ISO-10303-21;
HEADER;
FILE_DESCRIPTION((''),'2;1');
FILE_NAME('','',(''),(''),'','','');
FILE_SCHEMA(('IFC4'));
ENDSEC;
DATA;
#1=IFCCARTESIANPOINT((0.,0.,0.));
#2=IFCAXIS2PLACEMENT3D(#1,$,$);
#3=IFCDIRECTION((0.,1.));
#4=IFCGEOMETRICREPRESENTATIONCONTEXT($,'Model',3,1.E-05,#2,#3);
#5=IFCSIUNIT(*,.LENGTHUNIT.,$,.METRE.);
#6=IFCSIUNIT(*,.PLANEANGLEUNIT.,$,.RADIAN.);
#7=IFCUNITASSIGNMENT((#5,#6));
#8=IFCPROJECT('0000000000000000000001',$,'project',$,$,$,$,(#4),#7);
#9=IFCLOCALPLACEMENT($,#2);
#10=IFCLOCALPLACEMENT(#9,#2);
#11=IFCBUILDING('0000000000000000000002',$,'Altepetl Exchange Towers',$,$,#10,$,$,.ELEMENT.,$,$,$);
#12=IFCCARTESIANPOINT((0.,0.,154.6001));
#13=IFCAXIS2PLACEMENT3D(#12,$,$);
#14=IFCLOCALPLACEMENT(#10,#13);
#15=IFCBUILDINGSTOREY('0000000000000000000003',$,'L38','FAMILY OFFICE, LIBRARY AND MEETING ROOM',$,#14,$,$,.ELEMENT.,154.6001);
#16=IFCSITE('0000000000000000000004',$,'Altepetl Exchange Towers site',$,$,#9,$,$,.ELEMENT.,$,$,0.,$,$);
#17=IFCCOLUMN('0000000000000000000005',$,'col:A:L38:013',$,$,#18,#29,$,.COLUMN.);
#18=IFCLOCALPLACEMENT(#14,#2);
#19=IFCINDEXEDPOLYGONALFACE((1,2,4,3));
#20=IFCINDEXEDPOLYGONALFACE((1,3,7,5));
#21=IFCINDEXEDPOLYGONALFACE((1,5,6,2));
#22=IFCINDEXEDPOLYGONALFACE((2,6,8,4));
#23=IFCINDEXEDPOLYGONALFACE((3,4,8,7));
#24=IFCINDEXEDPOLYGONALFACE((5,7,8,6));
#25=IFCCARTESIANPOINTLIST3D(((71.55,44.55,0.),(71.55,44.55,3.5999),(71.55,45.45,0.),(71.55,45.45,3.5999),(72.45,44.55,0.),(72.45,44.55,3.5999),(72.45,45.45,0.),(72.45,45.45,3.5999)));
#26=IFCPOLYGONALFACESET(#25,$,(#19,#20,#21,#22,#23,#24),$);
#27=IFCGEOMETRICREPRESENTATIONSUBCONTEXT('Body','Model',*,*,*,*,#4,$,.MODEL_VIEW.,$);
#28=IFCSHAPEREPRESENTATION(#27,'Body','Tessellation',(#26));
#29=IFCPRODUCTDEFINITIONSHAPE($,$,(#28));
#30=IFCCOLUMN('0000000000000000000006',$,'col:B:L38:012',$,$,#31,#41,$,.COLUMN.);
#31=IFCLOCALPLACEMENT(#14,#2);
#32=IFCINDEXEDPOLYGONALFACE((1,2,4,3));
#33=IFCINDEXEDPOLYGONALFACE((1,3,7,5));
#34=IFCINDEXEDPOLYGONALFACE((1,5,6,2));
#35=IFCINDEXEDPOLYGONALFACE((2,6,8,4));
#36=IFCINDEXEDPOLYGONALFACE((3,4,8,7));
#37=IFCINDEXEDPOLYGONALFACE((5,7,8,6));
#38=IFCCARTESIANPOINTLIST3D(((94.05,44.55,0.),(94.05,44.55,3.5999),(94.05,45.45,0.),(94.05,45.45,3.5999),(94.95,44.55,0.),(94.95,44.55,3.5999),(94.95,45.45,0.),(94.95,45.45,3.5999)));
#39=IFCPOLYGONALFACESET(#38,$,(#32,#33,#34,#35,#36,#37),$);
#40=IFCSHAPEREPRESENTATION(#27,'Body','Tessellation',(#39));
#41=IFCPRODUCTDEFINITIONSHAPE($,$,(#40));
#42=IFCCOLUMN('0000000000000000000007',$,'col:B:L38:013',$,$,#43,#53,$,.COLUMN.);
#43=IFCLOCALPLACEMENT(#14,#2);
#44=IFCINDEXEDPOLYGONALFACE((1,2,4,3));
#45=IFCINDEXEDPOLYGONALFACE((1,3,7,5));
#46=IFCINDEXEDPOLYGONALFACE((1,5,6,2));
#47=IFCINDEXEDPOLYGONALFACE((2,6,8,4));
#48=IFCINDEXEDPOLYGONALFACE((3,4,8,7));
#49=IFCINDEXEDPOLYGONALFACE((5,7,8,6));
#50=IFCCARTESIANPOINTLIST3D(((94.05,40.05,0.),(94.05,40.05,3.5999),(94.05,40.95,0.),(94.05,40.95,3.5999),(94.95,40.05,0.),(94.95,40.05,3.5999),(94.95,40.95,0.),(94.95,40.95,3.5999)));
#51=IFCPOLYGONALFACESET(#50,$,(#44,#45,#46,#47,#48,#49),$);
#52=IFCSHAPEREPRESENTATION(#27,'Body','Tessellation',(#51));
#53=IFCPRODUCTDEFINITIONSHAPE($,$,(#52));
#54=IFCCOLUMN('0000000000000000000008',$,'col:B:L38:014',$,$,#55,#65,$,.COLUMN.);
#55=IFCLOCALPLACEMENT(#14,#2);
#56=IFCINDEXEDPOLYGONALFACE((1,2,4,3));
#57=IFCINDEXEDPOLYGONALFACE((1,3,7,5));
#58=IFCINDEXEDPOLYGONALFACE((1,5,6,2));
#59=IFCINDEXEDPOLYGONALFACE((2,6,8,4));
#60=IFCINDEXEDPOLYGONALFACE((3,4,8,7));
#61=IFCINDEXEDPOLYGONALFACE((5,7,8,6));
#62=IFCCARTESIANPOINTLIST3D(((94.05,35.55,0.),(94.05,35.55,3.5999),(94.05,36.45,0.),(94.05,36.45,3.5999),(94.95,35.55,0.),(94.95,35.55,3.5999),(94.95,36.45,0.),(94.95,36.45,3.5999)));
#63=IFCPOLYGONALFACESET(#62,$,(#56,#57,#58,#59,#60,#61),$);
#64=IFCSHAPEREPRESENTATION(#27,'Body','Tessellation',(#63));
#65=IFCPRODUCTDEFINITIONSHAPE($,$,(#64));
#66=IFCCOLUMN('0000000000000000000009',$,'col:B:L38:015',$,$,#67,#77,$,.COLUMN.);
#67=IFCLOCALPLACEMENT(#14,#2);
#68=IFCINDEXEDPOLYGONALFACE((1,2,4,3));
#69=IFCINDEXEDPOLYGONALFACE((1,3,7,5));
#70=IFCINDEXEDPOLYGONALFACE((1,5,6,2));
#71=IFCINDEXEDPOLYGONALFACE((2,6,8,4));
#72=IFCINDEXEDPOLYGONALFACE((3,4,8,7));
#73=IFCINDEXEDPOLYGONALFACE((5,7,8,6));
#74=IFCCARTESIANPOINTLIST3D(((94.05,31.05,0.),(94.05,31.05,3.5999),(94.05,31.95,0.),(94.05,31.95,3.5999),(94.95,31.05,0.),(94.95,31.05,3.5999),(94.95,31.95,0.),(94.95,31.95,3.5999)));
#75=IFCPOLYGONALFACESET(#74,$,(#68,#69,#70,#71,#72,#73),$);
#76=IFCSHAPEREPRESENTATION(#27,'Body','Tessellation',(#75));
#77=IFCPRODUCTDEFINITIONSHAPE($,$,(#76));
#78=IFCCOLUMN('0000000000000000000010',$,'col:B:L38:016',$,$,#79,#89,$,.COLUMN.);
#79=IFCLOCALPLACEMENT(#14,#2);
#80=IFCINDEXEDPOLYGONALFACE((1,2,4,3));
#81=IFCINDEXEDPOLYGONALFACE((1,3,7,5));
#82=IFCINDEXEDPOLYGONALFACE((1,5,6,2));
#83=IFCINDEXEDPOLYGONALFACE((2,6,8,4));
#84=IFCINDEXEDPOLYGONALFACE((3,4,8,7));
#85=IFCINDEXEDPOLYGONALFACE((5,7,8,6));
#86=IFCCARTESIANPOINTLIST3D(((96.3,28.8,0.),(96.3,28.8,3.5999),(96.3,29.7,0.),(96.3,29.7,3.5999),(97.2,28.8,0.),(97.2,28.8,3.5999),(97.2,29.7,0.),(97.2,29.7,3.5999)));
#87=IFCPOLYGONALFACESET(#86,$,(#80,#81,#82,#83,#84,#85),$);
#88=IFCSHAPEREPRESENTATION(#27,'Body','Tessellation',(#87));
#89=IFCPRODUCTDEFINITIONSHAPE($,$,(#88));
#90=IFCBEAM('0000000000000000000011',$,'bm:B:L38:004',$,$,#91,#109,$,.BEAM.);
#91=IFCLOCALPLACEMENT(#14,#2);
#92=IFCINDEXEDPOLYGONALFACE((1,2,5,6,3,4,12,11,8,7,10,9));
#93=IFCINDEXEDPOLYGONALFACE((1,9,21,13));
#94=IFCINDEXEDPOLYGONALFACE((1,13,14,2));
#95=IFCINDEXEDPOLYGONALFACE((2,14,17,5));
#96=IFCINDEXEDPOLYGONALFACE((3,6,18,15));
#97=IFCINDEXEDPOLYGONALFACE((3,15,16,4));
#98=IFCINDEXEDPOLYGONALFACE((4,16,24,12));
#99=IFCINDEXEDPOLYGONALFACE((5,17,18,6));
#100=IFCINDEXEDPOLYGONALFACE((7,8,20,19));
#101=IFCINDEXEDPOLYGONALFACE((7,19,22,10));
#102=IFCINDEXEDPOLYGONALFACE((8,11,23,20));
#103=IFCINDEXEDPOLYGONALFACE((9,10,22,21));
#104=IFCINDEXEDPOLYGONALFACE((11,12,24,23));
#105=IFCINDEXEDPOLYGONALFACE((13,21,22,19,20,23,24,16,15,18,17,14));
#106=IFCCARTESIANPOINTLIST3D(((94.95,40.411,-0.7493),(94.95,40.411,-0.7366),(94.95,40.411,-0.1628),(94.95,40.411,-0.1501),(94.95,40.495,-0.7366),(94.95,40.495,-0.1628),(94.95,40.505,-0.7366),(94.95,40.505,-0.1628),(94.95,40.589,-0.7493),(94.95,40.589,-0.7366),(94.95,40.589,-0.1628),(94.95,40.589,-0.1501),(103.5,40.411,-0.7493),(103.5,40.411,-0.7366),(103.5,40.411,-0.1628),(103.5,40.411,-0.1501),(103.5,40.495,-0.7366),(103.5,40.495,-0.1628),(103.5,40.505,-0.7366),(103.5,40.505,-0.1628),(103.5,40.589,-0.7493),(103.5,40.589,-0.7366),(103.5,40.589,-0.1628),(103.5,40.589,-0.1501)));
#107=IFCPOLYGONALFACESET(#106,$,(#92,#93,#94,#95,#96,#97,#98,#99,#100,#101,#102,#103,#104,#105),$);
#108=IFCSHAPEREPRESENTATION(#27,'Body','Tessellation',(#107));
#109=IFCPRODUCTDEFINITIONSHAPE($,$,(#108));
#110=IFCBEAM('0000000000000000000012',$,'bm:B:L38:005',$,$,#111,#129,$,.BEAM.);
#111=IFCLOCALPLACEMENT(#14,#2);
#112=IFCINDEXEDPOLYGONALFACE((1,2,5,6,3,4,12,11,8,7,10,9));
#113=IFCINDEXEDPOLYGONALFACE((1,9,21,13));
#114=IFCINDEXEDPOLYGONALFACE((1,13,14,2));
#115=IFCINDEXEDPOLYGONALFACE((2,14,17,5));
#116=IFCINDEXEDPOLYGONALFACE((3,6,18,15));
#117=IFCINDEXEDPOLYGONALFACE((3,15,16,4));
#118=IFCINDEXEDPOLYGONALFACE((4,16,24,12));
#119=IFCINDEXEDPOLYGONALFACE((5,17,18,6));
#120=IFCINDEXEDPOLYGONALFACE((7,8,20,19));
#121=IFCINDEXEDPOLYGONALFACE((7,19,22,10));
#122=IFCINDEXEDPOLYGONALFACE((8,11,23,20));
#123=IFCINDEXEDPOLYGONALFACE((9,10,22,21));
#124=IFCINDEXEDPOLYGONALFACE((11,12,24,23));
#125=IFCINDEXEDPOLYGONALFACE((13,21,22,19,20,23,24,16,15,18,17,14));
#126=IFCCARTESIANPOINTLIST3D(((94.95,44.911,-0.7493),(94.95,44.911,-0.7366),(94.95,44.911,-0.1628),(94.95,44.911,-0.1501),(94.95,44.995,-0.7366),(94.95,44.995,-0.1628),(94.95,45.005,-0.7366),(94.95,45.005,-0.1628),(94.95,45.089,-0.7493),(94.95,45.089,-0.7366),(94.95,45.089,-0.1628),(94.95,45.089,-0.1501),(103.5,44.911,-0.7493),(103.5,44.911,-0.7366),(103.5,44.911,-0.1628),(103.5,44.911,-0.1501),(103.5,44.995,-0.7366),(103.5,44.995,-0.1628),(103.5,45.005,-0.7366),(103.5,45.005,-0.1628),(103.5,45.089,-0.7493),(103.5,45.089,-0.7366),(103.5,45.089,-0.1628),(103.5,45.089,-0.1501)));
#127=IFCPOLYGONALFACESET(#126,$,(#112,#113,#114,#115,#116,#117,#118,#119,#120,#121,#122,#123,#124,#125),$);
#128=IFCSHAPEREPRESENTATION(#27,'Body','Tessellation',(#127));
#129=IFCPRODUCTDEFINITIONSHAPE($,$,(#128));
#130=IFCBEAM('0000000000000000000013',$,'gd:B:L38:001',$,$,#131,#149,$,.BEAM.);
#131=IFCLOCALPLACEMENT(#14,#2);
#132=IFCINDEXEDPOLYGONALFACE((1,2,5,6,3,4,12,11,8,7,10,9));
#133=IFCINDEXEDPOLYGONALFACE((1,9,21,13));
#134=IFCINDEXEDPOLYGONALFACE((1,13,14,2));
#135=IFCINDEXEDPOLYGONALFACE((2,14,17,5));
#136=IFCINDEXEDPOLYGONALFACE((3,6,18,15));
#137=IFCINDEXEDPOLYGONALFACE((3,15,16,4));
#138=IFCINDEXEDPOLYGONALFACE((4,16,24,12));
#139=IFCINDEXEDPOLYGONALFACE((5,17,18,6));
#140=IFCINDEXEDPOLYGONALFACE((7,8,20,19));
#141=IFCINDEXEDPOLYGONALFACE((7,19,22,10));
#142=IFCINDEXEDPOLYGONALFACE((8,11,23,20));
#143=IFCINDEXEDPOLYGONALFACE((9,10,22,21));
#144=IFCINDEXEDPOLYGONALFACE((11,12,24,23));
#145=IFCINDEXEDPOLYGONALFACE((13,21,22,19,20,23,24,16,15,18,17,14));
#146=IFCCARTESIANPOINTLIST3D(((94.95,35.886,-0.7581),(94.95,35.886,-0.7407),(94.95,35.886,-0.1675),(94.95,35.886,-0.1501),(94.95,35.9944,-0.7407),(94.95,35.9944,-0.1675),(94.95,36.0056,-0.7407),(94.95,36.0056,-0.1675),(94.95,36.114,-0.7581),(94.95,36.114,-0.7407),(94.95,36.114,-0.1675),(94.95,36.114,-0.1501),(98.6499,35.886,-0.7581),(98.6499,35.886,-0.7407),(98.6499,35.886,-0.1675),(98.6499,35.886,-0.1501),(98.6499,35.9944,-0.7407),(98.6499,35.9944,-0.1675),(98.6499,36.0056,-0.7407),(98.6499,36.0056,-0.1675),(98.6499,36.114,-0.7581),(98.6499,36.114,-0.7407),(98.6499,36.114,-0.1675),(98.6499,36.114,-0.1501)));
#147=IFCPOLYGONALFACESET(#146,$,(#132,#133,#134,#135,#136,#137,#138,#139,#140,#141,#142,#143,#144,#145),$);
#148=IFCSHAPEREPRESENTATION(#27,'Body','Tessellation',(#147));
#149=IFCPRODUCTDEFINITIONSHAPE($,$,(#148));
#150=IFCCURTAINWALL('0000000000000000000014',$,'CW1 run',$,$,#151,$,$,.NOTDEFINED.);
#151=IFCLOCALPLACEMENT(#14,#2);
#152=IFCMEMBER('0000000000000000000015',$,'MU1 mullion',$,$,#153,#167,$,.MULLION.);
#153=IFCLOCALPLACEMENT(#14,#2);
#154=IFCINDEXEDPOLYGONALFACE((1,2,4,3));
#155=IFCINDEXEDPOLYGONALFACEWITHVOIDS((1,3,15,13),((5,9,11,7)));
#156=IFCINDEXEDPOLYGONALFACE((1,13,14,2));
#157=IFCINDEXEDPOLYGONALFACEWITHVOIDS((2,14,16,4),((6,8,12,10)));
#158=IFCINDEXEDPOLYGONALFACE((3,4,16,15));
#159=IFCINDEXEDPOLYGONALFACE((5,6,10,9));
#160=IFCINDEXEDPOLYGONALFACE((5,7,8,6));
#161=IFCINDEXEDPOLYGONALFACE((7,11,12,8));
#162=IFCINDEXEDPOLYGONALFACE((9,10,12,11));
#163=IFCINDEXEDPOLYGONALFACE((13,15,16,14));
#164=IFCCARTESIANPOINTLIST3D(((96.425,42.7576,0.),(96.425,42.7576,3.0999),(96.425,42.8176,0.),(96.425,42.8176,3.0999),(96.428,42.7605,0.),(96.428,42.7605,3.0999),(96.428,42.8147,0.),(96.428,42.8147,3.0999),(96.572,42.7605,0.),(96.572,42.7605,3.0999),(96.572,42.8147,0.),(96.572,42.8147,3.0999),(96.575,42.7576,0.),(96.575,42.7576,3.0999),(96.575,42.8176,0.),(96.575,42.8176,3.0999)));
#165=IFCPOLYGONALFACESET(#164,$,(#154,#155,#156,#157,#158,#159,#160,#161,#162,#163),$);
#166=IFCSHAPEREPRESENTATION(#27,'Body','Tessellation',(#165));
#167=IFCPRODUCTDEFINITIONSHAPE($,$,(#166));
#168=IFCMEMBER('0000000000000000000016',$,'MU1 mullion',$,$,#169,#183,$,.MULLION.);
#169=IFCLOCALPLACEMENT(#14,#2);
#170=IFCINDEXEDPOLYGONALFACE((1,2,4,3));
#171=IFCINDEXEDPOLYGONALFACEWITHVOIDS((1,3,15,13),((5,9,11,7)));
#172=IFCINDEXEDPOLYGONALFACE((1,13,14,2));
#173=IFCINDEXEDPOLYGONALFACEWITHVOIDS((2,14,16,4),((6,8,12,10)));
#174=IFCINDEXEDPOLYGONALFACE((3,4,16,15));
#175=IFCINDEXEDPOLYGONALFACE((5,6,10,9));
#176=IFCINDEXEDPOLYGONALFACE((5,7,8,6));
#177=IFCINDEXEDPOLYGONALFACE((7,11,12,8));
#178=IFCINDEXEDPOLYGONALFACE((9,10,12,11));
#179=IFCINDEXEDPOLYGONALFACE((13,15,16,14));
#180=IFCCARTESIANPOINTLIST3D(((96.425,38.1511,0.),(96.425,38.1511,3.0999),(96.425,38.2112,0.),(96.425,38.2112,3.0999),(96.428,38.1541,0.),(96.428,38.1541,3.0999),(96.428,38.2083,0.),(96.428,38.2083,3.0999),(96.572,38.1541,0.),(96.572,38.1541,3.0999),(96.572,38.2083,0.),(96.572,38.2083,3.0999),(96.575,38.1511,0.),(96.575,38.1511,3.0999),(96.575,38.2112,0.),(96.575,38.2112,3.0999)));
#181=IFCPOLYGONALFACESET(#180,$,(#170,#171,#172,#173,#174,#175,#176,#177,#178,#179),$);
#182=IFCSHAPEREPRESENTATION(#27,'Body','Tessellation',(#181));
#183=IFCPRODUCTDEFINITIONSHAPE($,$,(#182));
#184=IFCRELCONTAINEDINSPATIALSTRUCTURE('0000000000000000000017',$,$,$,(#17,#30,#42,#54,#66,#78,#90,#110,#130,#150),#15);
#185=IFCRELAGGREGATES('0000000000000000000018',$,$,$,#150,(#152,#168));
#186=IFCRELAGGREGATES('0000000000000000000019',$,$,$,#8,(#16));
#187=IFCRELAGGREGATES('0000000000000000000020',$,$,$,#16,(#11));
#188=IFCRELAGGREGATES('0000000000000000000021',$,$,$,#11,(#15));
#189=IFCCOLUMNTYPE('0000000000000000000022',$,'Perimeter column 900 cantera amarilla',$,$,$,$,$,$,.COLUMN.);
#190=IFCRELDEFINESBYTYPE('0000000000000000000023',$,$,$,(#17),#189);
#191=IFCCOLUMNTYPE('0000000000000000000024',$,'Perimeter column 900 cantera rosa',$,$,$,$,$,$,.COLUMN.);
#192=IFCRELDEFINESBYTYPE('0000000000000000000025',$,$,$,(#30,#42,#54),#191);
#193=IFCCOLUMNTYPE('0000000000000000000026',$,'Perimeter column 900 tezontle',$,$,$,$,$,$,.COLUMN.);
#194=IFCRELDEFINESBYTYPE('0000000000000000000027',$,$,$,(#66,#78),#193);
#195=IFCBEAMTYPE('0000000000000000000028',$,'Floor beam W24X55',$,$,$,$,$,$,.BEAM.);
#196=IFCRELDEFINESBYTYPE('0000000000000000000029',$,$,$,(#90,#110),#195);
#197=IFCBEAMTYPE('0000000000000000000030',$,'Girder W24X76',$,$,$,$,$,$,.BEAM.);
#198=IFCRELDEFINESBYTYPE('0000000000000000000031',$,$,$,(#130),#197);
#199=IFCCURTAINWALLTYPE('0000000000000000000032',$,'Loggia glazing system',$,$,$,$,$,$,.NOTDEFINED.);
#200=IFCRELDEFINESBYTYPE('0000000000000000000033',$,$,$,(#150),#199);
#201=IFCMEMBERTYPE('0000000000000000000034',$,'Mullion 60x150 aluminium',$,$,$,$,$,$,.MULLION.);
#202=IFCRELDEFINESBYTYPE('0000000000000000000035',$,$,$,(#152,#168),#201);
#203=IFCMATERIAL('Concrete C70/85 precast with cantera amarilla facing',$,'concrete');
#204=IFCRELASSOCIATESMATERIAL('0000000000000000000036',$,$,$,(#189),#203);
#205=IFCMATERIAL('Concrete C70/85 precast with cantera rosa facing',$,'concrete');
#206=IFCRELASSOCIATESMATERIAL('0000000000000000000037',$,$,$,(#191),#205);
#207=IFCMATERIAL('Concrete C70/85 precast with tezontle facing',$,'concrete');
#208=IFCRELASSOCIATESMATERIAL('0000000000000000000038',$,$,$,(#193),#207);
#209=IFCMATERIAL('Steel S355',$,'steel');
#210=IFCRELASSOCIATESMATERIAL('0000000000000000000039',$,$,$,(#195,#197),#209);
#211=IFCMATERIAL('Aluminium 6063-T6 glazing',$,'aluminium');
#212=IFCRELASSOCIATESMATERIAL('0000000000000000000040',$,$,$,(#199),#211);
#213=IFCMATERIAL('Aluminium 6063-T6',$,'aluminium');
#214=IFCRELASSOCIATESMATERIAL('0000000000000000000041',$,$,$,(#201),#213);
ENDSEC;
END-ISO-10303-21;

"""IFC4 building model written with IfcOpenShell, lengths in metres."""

from ifc_helpers import new_model, si_unit, direction, frame, origin, origin_2d, place, context, subcontext, project, spatial, rectangle, hollow_rectangle, i_section, extrude, material, material_profile, profile_set, type_object, element, aggregate, save


model = new_model("IFC4")

# Units and contexts
model_context = context("Model", 3, precision=1e-05, world=origin(), true_north=direction((0.0, 1.0)))
body_context = subcontext(model_context, "Body", "Model", "MODEL_VIEW")
ifc_project = project(units=[si_unit("LENGTHUNIT", "METRE"), si_unit("PLANEANGLEUNIT", "RADIAN")], contexts=[model_context])

# Site, building, storey
site_placement = place(None, origin())
site = spatial("IfcSite", under=ifc_project, at=site_placement, Name="Altepetl Exchange Towers site", CompositionType="ELEMENT", RefElevation=0.0)
building_placement = place(site_placement, origin())
building = spatial("IfcBuilding", under=site, at=building_placement, Name="Altepetl Exchange Towers", CompositionType="ELEMENT")
storey_placement = place(building_placement, frame((0.0, 0.0, 154.6001)))
storey = spatial("IfcBuildingStorey", under=building, at=storey_placement, Name="L38", Description="FAMILY OFFICE, LIBRARY AND MEETING ROOM", CompositionType="ELEMENT", Elevation=154.6001)

# Columns
ifc_material_1 = material(Name="Concrete C70/85 precast with cantera amarilla facing", Category="concrete")
ifc_material_profile_1 = material_profile(ifc_material_1, rectangle(XDim=0.8999, YDim=0.8999, at=origin_2d()), Name="900 x 900")
ifc_profile_set_1 = profile_set([ifc_material_profile_1], Name="Concrete C70/85 precast with cantera amarilla facing")
column_type_1 = type_object("IfcColumnType", Name="Perimeter column 900 cantera amarilla", PredefinedType="COLUMN", material=ifc_profile_set_1)
column_placement = place(storey_placement, frame((72.0, 45.0, 0.0)))
element("IfcColumn", 1, at=column_placement, inside=storey, type_object=column_type_1, Name="col:A:L38:013", PredefinedType="COLUMN", context=body_context, shape_type="SweptSolid", body=[
    extrude(rectangle(XDim=0.8999, YDim=0.8999, at=origin_2d()), origin(), (0.0, 0.0, 1.0), 3.5999),
])
ifc_material_2 = material(Name="Concrete C70/85 precast with cantera rosa facing", Category="concrete")
ifc_material_profile_2 = material_profile(ifc_material_2, rectangle(XDim=0.8999, YDim=0.8999, at=origin_2d()), Name="900 x 900")
ifc_profile_set_2 = profile_set([ifc_material_profile_2], Name="Concrete C70/85 precast with cantera rosa facing")
column_type_2 = type_object("IfcColumnType", Name="Perimeter column 900 cantera rosa", PredefinedType="COLUMN", material=ifc_profile_set_2)
for number, where, name in (
    (2, (94.5, 45.0, 0.0), "col:B:L38:012"),
    (3, (94.5, 40.5, 0.0), "col:B:L38:013"),
    (4, (94.5, 36.0, 0.0), "col:B:L38:014"),
):
    element("IfcColumn", number, at=place(storey_placement, frame(where)), inside=storey, type_object=column_type_2, Name=name, PredefinedType="COLUMN", context=body_context, shape_type="SweptSolid", body=[
        extrude(rectangle(XDim=0.8999, YDim=0.8999, at=origin_2d()), origin(), (0.0, 0.0, 1.0), 3.5999),
    ])
ifc_material_3 = material(Name="Concrete C70/85 precast with tezontle facing", Category="concrete")
ifc_material_profile_3 = material_profile(ifc_material_3, rectangle(XDim=0.8999, YDim=0.8999, at=origin_2d()), Name="900 x 900")
ifc_profile_set_3 = profile_set([ifc_material_profile_3], Name="Concrete C70/85 precast with tezontle facing")
column_type_3 = type_object("IfcColumnType", Name="Perimeter column 900 tezontle", PredefinedType="COLUMN", material=ifc_profile_set_3)
for number, where, name in (
    (5, (94.5, 31.5, 0.0), "col:B:L38:015"),
    (6, (96.75, 29.25, 0.0), "col:B:L38:016"),
):
    element("IfcColumn", number, at=place(storey_placement, frame(where)), inside=storey, type_object=column_type_3, Name=name, PredefinedType="COLUMN", context=body_context, shape_type="SweptSolid", body=[
        extrude(rectangle(XDim=0.8999, YDim=0.8999, at=origin_2d()), origin(), (0.0, 0.0, 1.0), 3.5999),
    ])

# Beams
ifc_material_4 = material(Name="Steel S355", Category="steel")
ifc_material_profile_4 = material_profile(ifc_material_4, i_section(OverallWidth=0.178, OverallDepth=0.5991, WebThickness=0.01, FlangeThickness=0.0127, at=origin_2d()), Name="W24X55")
ifc_profile_set_4 = profile_set([ifc_material_profile_4], Name="Steel S355")
beam_type_1 = type_object("IfcBeamType", Name="Floor beam W24X55", PredefinedType="BEAM", material=ifc_profile_set_4)
for number, where, z_axis, x_axis, name in (
    (7, (94.95, 40.5, -0.4497), (1.0, 0.0, 0.0), (0.0, 1.0, 0.0), "bm:B:L38:004"),
    (8, (94.95, 45.0, -0.4497), (1.0, 0.0, 0.0), (0.0, 1.0, 0.0), "bm:B:L38:005"),
):
    element("IfcBeam", number, at=place(storey_placement, frame(where, z_axis=z_axis, x_axis=x_axis)), inside=storey, type_object=beam_type_1, Name=name, PredefinedType="BEAM", context=body_context, shape_type="SweptSolid", body=[
        extrude(i_section(OverallWidth=0.178, OverallDepth=0.5991, WebThickness=0.01, FlangeThickness=0.0127, at=origin_2d()), origin(), (0.0, 0.0, 1.0), 8.55),
    ])
ifc_material_profile_5 = material_profile(ifc_material_4, i_section(OverallWidth=0.228, OverallDepth=0.6079, WebThickness=0.0112, FlangeThickness=0.0173, at=origin_2d()), Name="W24X76")
ifc_profile_set_5 = profile_set([ifc_material_profile_5], Name="Steel S355")
beam_type_2 = type_object("IfcBeamType", Name="Girder W24X76", PredefinedType="BEAM", material=ifc_profile_set_5)
beam_1_placement = place(storey_placement, frame((98.6499, 36.0, -0.4541), z_axis=(-1.0, 0.0, 0.0), x_axis=(0.0, -1.0, 0.0)))
element("IfcBeam", 9, at=beam_1_placement, inside=storey, type_object=beam_type_2, Name="gd:B:L38:001", PredefinedType="BEAM", context=body_context, shape_type="SweptSolid", body=[
    extrude(i_section(OverallWidth=0.228, OverallDepth=0.6079, WebThickness=0.0112, FlangeThickness=0.0173, at=origin_2d()), origin(), (0.0, 0.0, 1.0), 3.7),
])

# Curtain wall, members
ifc_material_5 = material(Name="Aluminium 6063-T6 glazing", Category="aluminium")
curtain_wall_type = type_object("IfcCurtainWallType", Name="Loggia glazing system", PredefinedType="NOTDEFINED", material=ifc_material_5)
curtain_wall_1_placement = place(storey_placement, origin())
curtain_wall_1 = element("IfcCurtainWall", 10, at=curtain_wall_1_placement, inside=storey, type_object=curtain_wall_type, Name="CW1 run", PredefinedType="NOTDEFINED")
ifc_material_6 = material(Name="Aluminium 6063-T6", Category="aluminium")
ifc_material_profile_6 = material_profile(ifc_material_6, hollow_rectangle(XDim=0.0601, YDim=0.1499, WallThickness=0.0029, at=origin_2d()), Name="Mullion 60x150 aluminium")
ifc_profile_set_6 = profile_set([ifc_material_profile_6], Name="Aluminium 6063-T6")
member_type = type_object("IfcMemberType", Name="Mullion 60x150 aluminium", PredefinedType="MULLION", material=ifc_profile_set_6)
member_1_placement = place(storey_placement, frame((96.5, 42.7876, 0.0), z_axis=(0.0, 0.0, 1.0), x_axis=(0.0, -1.0, 0.0)))
member_1 = element("IfcMember", 11, at=member_1_placement, type_object=member_type, Name="MU1 mullion", PredefinedType="MULLION", context=body_context, shape_type="SweptSolid", body=[
    extrude(hollow_rectangle(XDim=0.0601, YDim=0.1499, WallThickness=0.0029, at=origin_2d()), origin(), (0.0, 0.0, 1.0), 3.0999),
])
member_2_placement = place(storey_placement, frame((96.5, 38.1812, 0.0), z_axis=(0.0, 0.0, 1.0), x_axis=(0.0, -1.0, 0.0)))
member_2 = element("IfcMember", 12, at=member_2_placement, type_object=member_type, Name="MU1 mullion", PredefinedType="MULLION", context=body_context, shape_type="SweptSolid", body=[
    extrude(hollow_rectangle(XDim=0.0601, YDim=0.1499, WallThickness=0.0029, at=origin_2d()), origin(), (0.0, 0.0, 1.0), 3.0999),
])

aggregate(curtain_wall_1, [member_1, member_2])

save(model, "model.ifc")
